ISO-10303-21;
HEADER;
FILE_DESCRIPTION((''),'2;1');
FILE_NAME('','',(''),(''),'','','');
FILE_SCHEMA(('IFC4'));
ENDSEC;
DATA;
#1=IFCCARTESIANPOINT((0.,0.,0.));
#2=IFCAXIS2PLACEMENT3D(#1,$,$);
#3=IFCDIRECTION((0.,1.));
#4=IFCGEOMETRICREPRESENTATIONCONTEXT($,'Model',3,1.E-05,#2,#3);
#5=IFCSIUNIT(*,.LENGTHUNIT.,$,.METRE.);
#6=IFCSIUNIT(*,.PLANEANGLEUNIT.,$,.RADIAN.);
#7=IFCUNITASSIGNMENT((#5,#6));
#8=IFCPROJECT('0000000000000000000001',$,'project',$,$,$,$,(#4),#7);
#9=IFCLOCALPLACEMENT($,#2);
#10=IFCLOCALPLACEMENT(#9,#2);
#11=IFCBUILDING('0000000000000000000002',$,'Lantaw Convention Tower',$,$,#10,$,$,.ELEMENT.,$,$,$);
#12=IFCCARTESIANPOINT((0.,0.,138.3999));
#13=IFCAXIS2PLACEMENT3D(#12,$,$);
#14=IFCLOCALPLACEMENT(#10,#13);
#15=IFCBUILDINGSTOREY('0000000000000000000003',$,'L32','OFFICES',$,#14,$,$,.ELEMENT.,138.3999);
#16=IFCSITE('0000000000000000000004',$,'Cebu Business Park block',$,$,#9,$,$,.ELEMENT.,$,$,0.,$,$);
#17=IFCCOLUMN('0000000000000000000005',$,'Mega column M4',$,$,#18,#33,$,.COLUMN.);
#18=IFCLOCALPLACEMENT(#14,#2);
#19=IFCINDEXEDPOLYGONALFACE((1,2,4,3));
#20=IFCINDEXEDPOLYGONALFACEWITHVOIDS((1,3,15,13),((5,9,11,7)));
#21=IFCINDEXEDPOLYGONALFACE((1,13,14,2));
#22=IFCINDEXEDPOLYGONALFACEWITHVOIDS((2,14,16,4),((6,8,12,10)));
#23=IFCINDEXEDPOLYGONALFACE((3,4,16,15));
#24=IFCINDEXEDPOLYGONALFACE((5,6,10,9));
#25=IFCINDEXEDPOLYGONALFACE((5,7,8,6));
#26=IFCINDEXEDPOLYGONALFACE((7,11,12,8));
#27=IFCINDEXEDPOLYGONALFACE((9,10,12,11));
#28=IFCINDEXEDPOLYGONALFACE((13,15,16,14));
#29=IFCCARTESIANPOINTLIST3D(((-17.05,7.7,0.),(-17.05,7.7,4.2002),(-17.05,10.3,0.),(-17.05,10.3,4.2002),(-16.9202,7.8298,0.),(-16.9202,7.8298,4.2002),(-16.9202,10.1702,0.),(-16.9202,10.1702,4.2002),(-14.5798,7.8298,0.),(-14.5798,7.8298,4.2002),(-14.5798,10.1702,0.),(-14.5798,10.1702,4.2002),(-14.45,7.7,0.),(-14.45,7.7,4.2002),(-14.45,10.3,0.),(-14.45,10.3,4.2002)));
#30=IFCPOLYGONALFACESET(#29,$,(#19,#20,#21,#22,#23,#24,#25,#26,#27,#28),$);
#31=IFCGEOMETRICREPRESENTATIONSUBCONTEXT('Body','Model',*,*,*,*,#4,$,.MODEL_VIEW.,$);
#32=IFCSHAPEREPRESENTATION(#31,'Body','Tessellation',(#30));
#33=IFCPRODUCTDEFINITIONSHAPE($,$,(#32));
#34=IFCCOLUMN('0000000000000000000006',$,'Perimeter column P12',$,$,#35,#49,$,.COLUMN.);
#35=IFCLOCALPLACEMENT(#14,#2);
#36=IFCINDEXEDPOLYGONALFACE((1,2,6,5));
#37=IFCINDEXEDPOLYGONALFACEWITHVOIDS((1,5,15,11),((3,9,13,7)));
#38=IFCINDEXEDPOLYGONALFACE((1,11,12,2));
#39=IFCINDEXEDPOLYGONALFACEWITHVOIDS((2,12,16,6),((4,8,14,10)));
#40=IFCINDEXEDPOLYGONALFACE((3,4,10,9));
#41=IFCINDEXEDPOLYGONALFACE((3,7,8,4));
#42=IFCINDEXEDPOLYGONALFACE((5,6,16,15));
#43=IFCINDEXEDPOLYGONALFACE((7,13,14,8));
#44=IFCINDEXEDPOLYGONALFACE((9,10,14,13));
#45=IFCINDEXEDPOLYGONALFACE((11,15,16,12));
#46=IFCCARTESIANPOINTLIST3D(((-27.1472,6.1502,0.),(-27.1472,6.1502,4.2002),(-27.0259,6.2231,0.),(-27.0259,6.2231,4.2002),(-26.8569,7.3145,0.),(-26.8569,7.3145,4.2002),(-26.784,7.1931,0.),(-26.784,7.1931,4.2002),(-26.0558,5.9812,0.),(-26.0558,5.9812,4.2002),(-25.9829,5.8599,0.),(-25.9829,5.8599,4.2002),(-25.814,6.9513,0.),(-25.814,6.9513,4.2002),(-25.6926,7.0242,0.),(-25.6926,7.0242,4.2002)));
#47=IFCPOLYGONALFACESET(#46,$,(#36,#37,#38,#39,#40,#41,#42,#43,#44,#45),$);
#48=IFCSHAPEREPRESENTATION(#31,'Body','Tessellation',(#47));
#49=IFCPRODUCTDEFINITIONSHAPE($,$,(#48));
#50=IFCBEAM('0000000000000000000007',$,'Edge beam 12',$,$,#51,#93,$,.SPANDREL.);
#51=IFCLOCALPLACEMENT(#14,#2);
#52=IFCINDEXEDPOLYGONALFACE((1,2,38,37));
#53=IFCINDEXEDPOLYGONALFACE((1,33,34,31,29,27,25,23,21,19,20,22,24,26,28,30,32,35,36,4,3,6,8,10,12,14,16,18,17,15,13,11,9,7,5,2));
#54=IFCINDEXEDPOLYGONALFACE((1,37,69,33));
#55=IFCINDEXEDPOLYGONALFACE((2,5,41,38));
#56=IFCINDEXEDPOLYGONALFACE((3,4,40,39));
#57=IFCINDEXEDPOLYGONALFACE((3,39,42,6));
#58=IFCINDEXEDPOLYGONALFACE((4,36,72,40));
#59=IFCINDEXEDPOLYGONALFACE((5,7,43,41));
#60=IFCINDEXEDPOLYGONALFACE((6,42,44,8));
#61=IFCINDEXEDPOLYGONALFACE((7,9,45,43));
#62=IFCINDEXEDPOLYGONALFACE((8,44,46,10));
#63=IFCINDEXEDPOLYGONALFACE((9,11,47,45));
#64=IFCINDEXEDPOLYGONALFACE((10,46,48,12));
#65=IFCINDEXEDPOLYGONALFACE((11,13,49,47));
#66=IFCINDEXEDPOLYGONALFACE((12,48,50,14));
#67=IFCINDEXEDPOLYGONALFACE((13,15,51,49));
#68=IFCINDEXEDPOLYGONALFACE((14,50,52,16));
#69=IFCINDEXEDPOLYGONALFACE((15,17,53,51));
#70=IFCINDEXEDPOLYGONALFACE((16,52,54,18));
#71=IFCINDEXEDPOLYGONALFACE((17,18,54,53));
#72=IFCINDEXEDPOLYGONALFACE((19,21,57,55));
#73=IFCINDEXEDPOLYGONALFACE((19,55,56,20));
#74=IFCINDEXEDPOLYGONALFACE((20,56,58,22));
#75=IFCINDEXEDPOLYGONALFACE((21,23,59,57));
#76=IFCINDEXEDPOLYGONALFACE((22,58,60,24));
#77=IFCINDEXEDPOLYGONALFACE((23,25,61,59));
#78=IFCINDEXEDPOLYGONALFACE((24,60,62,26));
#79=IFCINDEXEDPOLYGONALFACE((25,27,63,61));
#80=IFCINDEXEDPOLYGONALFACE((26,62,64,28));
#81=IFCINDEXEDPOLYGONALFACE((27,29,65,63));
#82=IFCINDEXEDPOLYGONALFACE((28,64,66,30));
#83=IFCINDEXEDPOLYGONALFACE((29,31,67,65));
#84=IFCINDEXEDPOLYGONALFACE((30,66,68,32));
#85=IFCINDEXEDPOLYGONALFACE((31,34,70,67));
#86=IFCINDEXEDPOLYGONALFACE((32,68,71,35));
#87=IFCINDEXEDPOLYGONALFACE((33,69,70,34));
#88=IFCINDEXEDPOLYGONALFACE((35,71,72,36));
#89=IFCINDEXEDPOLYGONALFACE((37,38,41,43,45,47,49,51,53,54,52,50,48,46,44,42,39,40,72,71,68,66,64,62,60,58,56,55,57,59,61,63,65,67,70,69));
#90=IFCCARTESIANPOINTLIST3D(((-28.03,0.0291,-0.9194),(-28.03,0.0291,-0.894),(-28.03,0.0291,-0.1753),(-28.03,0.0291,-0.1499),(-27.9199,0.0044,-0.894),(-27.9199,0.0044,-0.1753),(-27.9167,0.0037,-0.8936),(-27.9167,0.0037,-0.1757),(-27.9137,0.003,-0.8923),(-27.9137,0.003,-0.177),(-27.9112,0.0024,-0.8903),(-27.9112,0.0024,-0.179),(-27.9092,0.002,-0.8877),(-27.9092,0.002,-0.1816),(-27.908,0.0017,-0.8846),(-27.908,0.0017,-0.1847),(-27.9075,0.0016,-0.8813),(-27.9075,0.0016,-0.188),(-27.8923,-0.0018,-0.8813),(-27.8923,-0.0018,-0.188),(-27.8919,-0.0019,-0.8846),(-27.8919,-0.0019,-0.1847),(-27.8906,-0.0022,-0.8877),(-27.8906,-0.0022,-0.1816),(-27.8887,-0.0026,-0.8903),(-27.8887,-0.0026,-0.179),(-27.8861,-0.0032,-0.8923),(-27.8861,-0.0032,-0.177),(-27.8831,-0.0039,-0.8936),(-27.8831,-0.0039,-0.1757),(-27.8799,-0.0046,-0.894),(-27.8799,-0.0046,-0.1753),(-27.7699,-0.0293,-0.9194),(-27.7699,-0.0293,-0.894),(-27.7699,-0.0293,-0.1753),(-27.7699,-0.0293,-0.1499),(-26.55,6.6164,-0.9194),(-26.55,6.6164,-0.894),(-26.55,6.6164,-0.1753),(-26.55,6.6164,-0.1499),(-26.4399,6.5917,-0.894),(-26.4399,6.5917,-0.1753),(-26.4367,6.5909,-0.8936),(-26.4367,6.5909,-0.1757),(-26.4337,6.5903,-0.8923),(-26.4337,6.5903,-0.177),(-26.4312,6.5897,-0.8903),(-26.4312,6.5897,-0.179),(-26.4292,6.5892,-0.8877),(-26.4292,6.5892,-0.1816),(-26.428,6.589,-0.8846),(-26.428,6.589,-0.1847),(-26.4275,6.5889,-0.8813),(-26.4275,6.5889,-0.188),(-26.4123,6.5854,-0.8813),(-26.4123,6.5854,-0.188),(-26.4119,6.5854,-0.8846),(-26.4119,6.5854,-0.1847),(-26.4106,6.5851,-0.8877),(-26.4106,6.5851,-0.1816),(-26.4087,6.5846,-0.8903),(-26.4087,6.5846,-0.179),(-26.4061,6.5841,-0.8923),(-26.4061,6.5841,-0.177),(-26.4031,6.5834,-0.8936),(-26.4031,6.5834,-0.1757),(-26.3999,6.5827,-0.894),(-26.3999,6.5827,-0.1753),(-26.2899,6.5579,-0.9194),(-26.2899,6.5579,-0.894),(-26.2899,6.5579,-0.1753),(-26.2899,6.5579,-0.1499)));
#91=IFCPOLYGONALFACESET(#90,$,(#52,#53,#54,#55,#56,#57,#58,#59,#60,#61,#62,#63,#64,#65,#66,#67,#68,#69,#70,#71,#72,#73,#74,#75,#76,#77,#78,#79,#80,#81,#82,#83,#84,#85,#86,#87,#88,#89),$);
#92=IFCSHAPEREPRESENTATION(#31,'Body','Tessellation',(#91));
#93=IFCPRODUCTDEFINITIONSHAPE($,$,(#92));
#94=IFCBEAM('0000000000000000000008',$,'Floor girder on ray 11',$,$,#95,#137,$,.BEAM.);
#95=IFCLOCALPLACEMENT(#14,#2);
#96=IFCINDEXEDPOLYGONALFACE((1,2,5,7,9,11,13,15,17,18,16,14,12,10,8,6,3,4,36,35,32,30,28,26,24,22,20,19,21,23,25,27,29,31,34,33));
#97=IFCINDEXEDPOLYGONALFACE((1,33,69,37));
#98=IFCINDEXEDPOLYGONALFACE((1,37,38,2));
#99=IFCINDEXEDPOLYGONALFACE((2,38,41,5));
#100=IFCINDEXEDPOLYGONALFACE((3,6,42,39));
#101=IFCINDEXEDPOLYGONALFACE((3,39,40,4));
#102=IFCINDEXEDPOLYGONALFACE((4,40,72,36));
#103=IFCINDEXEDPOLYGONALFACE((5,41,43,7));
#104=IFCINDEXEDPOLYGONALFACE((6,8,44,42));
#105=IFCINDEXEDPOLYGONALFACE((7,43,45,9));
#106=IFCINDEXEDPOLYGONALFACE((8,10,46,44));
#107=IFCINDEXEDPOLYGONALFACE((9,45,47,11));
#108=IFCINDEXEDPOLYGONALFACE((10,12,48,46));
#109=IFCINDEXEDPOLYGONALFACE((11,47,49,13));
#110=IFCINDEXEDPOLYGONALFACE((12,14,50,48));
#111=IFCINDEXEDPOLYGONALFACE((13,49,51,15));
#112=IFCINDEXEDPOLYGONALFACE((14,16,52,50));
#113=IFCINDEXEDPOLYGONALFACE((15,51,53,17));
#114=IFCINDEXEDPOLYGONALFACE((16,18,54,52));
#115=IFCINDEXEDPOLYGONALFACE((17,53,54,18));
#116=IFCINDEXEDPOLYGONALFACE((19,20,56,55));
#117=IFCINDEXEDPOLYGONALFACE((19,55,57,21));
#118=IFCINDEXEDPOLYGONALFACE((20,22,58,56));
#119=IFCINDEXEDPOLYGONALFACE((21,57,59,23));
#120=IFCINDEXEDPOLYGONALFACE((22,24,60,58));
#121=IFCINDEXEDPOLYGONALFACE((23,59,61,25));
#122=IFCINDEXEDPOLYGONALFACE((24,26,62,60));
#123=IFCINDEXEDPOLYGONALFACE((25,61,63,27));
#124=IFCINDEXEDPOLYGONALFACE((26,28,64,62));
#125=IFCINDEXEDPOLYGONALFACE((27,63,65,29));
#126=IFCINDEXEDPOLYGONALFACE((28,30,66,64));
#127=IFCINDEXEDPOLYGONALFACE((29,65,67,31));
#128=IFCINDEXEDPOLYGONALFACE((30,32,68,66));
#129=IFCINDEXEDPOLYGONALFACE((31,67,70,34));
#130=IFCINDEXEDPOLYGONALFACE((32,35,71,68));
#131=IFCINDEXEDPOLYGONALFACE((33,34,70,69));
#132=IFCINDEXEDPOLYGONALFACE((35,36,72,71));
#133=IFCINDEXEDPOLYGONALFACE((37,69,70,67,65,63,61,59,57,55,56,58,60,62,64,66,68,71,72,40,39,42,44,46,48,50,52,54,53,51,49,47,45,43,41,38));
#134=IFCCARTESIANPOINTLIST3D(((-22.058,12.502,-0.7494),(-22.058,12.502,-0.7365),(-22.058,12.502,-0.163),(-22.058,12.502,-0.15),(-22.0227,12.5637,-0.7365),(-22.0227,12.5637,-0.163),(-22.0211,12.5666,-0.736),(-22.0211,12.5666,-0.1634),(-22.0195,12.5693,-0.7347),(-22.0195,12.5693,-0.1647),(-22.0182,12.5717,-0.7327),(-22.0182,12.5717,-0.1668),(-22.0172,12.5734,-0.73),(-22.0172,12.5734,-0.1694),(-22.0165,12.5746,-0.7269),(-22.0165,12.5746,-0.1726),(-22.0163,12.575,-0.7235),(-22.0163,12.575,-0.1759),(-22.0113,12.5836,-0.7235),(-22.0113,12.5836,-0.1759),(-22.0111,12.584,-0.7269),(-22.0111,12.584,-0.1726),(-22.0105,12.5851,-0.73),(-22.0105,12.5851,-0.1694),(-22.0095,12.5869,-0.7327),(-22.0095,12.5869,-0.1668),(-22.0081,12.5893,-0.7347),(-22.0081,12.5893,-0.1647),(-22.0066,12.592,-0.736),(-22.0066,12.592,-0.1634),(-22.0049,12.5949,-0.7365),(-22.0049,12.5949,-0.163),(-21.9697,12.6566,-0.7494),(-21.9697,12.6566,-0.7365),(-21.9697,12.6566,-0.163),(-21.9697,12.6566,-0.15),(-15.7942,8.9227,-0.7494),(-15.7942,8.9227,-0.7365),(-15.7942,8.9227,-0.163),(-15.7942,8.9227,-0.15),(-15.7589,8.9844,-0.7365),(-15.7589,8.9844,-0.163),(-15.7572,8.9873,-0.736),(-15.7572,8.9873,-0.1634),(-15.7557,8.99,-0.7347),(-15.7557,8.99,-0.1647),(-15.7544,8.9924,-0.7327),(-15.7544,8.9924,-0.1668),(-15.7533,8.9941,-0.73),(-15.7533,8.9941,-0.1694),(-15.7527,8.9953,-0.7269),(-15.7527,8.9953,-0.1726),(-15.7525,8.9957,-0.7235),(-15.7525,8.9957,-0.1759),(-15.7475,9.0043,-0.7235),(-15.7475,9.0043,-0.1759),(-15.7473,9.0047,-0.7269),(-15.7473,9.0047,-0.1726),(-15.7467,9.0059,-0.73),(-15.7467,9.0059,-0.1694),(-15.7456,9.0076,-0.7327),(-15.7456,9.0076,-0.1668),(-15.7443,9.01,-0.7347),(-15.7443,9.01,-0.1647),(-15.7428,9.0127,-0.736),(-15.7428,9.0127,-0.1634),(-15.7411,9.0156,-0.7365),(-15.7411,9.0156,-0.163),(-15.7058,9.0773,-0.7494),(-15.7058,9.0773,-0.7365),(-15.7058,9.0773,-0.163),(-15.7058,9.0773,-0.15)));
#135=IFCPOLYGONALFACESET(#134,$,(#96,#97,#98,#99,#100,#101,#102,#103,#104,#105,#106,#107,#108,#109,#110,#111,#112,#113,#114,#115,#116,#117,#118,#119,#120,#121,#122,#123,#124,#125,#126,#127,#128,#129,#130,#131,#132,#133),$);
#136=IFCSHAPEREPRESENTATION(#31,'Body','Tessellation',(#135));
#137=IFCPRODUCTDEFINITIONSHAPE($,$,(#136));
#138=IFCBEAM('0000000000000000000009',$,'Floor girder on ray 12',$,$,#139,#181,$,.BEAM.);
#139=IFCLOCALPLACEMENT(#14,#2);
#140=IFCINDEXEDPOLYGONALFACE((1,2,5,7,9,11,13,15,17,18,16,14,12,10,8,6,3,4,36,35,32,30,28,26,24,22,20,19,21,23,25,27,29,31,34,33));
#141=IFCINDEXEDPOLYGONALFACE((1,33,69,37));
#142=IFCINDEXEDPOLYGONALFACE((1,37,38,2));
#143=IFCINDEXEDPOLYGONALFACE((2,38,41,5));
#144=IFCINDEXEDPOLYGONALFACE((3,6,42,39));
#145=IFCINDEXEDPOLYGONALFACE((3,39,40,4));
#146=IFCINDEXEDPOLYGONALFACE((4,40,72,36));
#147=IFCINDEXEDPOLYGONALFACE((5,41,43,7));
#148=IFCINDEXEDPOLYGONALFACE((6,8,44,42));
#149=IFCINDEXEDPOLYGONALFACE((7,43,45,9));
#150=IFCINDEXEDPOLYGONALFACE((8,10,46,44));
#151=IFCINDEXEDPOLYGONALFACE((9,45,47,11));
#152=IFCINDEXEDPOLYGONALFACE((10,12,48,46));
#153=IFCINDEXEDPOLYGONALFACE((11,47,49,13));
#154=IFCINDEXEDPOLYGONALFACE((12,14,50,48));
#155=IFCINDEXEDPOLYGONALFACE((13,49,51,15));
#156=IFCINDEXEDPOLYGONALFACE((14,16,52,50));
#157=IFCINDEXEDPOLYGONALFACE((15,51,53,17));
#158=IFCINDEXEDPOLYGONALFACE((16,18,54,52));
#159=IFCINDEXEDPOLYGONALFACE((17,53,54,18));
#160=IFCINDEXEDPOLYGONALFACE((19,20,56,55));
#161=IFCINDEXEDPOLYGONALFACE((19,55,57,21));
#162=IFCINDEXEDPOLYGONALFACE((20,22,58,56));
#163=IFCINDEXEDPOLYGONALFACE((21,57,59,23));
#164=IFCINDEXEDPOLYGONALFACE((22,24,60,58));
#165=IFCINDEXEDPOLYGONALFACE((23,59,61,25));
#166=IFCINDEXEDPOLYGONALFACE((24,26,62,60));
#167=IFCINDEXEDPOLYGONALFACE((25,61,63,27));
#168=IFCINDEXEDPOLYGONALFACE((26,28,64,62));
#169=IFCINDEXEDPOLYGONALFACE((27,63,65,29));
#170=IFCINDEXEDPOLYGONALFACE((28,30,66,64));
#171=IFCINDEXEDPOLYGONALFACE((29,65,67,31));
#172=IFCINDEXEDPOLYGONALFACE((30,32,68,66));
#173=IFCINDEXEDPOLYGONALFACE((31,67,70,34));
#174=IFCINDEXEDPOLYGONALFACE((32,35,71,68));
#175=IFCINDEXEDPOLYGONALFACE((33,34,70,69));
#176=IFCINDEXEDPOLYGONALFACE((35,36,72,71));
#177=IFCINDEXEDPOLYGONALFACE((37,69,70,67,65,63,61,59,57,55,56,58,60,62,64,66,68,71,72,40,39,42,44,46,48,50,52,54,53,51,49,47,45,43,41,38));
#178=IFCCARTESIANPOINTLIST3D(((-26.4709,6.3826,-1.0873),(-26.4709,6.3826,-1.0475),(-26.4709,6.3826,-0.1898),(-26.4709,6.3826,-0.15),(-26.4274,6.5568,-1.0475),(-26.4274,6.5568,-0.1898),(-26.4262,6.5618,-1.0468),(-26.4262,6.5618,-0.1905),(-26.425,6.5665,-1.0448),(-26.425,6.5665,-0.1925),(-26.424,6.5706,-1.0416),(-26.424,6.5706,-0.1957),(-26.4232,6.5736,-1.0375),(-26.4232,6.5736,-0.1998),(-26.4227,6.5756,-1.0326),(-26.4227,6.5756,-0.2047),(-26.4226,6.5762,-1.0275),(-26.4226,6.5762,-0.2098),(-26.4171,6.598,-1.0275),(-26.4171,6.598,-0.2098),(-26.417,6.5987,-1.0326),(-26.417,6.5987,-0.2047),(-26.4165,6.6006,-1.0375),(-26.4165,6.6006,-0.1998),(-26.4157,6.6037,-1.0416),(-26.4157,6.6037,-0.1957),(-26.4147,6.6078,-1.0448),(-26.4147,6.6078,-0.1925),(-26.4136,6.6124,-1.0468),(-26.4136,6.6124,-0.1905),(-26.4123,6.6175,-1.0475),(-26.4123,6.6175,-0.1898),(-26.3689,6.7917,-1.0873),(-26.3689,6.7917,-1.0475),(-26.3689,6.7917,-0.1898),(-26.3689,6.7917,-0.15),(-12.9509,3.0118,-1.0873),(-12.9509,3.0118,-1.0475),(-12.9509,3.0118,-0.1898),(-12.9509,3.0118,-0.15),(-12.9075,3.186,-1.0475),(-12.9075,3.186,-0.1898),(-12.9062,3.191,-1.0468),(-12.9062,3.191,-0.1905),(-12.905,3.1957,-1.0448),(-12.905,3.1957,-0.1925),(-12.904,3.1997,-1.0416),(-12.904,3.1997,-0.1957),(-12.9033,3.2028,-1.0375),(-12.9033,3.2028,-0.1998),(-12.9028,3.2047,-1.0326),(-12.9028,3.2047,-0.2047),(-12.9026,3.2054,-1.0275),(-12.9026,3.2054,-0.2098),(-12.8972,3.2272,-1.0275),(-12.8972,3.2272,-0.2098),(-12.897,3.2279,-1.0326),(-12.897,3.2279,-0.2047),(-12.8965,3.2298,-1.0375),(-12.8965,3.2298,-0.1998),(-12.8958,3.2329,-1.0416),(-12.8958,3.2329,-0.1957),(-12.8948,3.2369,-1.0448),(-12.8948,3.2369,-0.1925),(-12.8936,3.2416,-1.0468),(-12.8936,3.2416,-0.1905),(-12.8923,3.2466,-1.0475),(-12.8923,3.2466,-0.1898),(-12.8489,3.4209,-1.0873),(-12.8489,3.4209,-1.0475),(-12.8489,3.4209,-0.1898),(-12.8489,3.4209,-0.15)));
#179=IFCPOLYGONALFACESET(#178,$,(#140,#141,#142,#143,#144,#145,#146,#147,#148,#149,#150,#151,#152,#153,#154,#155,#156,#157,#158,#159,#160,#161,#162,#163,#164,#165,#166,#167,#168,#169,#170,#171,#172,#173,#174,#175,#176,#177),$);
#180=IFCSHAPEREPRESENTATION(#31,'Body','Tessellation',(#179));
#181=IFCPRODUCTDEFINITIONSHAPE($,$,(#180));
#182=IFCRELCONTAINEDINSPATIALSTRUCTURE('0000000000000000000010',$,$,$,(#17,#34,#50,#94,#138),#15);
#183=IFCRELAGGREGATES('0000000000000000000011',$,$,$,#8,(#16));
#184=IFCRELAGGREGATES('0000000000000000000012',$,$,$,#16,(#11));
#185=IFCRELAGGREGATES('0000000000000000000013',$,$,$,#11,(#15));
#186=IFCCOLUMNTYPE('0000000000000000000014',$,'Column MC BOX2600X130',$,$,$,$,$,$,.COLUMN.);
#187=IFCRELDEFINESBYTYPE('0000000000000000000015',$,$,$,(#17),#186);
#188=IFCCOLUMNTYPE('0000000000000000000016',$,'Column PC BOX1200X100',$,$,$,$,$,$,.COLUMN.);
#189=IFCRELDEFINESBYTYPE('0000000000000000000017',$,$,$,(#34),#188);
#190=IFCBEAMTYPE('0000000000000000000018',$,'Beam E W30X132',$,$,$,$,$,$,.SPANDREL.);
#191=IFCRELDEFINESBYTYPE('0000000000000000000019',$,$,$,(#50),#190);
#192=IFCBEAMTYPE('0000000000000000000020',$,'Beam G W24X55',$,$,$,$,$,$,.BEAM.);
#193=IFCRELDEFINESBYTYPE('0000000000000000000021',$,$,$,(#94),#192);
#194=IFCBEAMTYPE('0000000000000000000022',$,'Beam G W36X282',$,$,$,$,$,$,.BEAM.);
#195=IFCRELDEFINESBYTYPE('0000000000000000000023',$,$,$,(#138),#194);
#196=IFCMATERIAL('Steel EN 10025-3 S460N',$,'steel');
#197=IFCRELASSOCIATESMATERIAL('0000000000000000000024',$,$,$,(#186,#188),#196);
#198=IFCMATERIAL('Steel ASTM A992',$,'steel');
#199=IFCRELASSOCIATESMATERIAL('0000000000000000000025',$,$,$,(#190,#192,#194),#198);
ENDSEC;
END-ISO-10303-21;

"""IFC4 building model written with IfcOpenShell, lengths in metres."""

from ifc_helpers import new_model, si_unit, direction, frame, origin, origin_2d, place, context, subcontext, project, spatial, rectangle, hollow_rectangle, i_section, extrude, material, material_profile, profile_set, type_object, element, save


model = new_model("IFC4")

# Units and contexts
model_context = context("Model", 3, precision=1e-05, world=origin(), true_north=direction((0.0, 1.0)))
body_context = subcontext(model_context, "Body", "Model", "MODEL_VIEW")
ifc_project = project(units=[si_unit("LENGTHUNIT", "METRE"), si_unit("PLANEANGLEUNIT", "RADIAN")], contexts=[model_context])

# Site, building, storey
site_placement = place(None, origin())
site = spatial("IfcSite", under=ifc_project, at=site_placement, Name="Cebu Business Park block", CompositionType="ELEMENT", RefElevation=0.0)
building_placement = place(site_placement, origin())
building = spatial("IfcBuilding", under=site, at=building_placement, Name="Lantaw Convention Tower", CompositionType="ELEMENT")
storey_placement = place(building_placement, frame((0.0, 0.0, 138.3999)))
storey = spatial("IfcBuildingStorey", under=building, at=storey_placement, Name="L32", Description="OFFICES", CompositionType="ELEMENT", Elevation=138.3999)

# Columns
ifc_material_1 = material(Name="Steel EN 10025-3 S460N", Category="steel")
ifc_material_profile_1 = material_profile(ifc_material_1, hollow_rectangle(XDim=2.6001, YDim=2.6001, WallThickness=0.1299, at=origin_2d()), Name="BOX2600X130")
ifc_material_2 = material(Name="Concrete C60/75", Category="concrete")
ifc_material_profile_2 = material_profile(ifc_material_2, rectangle(XDim=2.3401, YDim=2.3401, at=origin_2d()), Name="Concrete fill of BOX2600X130")
ifc_profile_set_1 = profile_set([ifc_material_profile_1, ifc_material_profile_2], Name="Steel EN 10025-3 S460N")
column_type_1 = type_object("IfcColumnType", Name="Column MC BOX2600X130", PredefinedType="COLUMN", material=ifc_profile_set_1)
column_1_placement = place(storey_placement, frame((-15.75, 9.0, 0.0), z_axis=(0.0, 0.0, 1.0), x_axis=(1.0, 0.0, 0.0)))
element("IfcColumn", 1, at=column_1_placement, inside=storey, type_object=column_type_1, Name="Mega column M4", PredefinedType="COLUMN", context=body_context, shape_type="SweptSolid", body=[
    extrude(hollow_rectangle(XDim=2.6001, YDim=2.6001, WallThickness=0.1299, at=origin_2d()), origin(), (0.0, 0.0, 1.0), 4.2002),
])
ifc_material_profile_3 = material_profile(ifc_material_1, hollow_rectangle(XDim=1.2, YDim=1.2, WallThickness=0.1001, at=origin_2d()), Name="BOX1200X100")
ifc_material_profile_4 = material_profile(ifc_material_2, rectangle(XDim=1.0, YDim=1.0, at=origin_2d()), Name="Concrete fill of BOX1200X100")
ifc_profile_set_2 = profile_set([ifc_material_profile_3, ifc_material_profile_4], Name="Steel EN 10025-3 S460N")
column_type_2 = type_object("IfcColumnType", Name="Column PC BOX1200X100", PredefinedType="COLUMN", material=ifc_profile_set_2)
column_2_placement = place(storey_placement, frame((-26.4199, 6.5872, 0.0), z_axis=(0.0, 0.0, 1.0), x_axis=(0.241922, 0.970296, 0.0)))
element("IfcColumn", 2, at=column_2_placement, inside=storey, type_object=column_type_2, Name="Perimeter column P12", PredefinedType="COLUMN", context=body_context, shape_type="SweptSolid", body=[
    extrude(hollow_rectangle(XDim=1.2, YDim=1.2, WallThickness=0.1001, at=origin_2d()), origin(), (0.0, 0.0, 1.0), 4.2002),
])

# Beams
ifc_material_3 = material(Name="Steel ASTM A992", Category="steel")
ifc_material_profile_5 = material_profile(ifc_material_3, i_section(OverallWidth=0.2666, OverallDepth=0.7695, WebThickness=0.0156, FlangeThickness=0.0254, FilletRadius=0.0127, at=origin_2d()), Name="W30X132")
ifc_profile_set_3 = profile_set([ifc_material_profile_5], Name="Steel ASTM A992")
beam_type_1 = type_object("IfcBeamType", Name="Beam E W30X132", PredefinedType="SPANDREL", material=ifc_profile_set_3)
beam_1_placement = place(storey_placement, frame((-26.4199, 6.5872, -0.5347), z_axis=(-0.219212, -0.975677, 0.0), x_axis=(0.975677, -0.219212, 0.0)))
element("IfcBeam", 3, at=beam_1_placement, inside=storey, type_object=beam_type_1, Name="Edge beam 12", PredefinedType="SPANDREL", context=body_context, shape_type="SweptSolid", body=[
    extrude(i_section(OverallWidth=0.2666, OverallDepth=0.7695, WebThickness=0.0156, FlangeThickness=0.0254, FilletRadius=0.0127, at=origin_2d()), origin(), (0.0, 0.0, 1.0), 6.7515),
])
ifc_material_profile_6 = material_profile(ifc_material_3, i_section(OverallWidth=0.178, OverallDepth=0.5994, WebThickness=0.01, FlangeThickness=0.0129, FilletRadius=0.0129, at=origin_2d()), Name="W24X55")
ifc_profile_set_4 = profile_set([ifc_material_profile_6], Name="Steel ASTM A992")
beam_type_2 = type_object("IfcBeamType", Name="Beam G W24X55", PredefinedType="BEAM", material=ifc_profile_set_4)
beam_2_placement = place(storey_placement, frame((-15.75, 9.0, -0.4497), z_axis=(-0.868245, 0.496135, 0.0), x_axis=(-0.496135, -0.868245, 0.0)))
element("IfcBeam", 4, at=beam_2_placement, inside=storey, type_object=beam_type_2, Name="Floor girder on ray 11", PredefinedType="BEAM", context=body_context, shape_type="SweptSolid", body=[
    extrude(i_section(OverallWidth=0.178, OverallDepth=0.5994, WebThickness=0.01, FlangeThickness=0.0129, FilletRadius=0.0129, at=origin_2d()), origin(), (0.0, 0.0, 1.0), 7.2144),
])
ifc_material_profile_7 = material_profile(ifc_material_3, i_section(OverallWidth=0.4216, OverallDepth=0.9373, WebThickness=0.0225, FlangeThickness=0.0398, FilletRadius=0.02, at=origin_2d()), Name="W36X282")
ifc_profile_set_5 = profile_set([ifc_material_profile_7], Name="Steel ASTM A992")
beam_type_3 = type_object("IfcBeamType", Name="Beam G W36X282", PredefinedType="BEAM", material=ifc_profile_set_5)
beam_3_placement = place(storey_placement, frame((-12.8999, 3.2163, -0.6187), z_axis=(-0.970297, 0.241917, 0.0), x_axis=(-0.241917, -0.970297, 0.0)))
element("IfcBeam", 5, at=beam_3_placement, inside=storey, type_object=beam_type_3, Name="Floor girder on ray 12", PredefinedType="BEAM", context=body_context, shape_type="SweptSolid", body=[
    extrude(i_section(OverallWidth=0.4216, OverallDepth=0.9373, WebThickness=0.0225, FlangeThickness=0.0398, FilletRadius=0.02, at=origin_2d()), origin(), (0.0, 0.0, 1.0), 13.9338),
])

save(model, "model.ifc")
